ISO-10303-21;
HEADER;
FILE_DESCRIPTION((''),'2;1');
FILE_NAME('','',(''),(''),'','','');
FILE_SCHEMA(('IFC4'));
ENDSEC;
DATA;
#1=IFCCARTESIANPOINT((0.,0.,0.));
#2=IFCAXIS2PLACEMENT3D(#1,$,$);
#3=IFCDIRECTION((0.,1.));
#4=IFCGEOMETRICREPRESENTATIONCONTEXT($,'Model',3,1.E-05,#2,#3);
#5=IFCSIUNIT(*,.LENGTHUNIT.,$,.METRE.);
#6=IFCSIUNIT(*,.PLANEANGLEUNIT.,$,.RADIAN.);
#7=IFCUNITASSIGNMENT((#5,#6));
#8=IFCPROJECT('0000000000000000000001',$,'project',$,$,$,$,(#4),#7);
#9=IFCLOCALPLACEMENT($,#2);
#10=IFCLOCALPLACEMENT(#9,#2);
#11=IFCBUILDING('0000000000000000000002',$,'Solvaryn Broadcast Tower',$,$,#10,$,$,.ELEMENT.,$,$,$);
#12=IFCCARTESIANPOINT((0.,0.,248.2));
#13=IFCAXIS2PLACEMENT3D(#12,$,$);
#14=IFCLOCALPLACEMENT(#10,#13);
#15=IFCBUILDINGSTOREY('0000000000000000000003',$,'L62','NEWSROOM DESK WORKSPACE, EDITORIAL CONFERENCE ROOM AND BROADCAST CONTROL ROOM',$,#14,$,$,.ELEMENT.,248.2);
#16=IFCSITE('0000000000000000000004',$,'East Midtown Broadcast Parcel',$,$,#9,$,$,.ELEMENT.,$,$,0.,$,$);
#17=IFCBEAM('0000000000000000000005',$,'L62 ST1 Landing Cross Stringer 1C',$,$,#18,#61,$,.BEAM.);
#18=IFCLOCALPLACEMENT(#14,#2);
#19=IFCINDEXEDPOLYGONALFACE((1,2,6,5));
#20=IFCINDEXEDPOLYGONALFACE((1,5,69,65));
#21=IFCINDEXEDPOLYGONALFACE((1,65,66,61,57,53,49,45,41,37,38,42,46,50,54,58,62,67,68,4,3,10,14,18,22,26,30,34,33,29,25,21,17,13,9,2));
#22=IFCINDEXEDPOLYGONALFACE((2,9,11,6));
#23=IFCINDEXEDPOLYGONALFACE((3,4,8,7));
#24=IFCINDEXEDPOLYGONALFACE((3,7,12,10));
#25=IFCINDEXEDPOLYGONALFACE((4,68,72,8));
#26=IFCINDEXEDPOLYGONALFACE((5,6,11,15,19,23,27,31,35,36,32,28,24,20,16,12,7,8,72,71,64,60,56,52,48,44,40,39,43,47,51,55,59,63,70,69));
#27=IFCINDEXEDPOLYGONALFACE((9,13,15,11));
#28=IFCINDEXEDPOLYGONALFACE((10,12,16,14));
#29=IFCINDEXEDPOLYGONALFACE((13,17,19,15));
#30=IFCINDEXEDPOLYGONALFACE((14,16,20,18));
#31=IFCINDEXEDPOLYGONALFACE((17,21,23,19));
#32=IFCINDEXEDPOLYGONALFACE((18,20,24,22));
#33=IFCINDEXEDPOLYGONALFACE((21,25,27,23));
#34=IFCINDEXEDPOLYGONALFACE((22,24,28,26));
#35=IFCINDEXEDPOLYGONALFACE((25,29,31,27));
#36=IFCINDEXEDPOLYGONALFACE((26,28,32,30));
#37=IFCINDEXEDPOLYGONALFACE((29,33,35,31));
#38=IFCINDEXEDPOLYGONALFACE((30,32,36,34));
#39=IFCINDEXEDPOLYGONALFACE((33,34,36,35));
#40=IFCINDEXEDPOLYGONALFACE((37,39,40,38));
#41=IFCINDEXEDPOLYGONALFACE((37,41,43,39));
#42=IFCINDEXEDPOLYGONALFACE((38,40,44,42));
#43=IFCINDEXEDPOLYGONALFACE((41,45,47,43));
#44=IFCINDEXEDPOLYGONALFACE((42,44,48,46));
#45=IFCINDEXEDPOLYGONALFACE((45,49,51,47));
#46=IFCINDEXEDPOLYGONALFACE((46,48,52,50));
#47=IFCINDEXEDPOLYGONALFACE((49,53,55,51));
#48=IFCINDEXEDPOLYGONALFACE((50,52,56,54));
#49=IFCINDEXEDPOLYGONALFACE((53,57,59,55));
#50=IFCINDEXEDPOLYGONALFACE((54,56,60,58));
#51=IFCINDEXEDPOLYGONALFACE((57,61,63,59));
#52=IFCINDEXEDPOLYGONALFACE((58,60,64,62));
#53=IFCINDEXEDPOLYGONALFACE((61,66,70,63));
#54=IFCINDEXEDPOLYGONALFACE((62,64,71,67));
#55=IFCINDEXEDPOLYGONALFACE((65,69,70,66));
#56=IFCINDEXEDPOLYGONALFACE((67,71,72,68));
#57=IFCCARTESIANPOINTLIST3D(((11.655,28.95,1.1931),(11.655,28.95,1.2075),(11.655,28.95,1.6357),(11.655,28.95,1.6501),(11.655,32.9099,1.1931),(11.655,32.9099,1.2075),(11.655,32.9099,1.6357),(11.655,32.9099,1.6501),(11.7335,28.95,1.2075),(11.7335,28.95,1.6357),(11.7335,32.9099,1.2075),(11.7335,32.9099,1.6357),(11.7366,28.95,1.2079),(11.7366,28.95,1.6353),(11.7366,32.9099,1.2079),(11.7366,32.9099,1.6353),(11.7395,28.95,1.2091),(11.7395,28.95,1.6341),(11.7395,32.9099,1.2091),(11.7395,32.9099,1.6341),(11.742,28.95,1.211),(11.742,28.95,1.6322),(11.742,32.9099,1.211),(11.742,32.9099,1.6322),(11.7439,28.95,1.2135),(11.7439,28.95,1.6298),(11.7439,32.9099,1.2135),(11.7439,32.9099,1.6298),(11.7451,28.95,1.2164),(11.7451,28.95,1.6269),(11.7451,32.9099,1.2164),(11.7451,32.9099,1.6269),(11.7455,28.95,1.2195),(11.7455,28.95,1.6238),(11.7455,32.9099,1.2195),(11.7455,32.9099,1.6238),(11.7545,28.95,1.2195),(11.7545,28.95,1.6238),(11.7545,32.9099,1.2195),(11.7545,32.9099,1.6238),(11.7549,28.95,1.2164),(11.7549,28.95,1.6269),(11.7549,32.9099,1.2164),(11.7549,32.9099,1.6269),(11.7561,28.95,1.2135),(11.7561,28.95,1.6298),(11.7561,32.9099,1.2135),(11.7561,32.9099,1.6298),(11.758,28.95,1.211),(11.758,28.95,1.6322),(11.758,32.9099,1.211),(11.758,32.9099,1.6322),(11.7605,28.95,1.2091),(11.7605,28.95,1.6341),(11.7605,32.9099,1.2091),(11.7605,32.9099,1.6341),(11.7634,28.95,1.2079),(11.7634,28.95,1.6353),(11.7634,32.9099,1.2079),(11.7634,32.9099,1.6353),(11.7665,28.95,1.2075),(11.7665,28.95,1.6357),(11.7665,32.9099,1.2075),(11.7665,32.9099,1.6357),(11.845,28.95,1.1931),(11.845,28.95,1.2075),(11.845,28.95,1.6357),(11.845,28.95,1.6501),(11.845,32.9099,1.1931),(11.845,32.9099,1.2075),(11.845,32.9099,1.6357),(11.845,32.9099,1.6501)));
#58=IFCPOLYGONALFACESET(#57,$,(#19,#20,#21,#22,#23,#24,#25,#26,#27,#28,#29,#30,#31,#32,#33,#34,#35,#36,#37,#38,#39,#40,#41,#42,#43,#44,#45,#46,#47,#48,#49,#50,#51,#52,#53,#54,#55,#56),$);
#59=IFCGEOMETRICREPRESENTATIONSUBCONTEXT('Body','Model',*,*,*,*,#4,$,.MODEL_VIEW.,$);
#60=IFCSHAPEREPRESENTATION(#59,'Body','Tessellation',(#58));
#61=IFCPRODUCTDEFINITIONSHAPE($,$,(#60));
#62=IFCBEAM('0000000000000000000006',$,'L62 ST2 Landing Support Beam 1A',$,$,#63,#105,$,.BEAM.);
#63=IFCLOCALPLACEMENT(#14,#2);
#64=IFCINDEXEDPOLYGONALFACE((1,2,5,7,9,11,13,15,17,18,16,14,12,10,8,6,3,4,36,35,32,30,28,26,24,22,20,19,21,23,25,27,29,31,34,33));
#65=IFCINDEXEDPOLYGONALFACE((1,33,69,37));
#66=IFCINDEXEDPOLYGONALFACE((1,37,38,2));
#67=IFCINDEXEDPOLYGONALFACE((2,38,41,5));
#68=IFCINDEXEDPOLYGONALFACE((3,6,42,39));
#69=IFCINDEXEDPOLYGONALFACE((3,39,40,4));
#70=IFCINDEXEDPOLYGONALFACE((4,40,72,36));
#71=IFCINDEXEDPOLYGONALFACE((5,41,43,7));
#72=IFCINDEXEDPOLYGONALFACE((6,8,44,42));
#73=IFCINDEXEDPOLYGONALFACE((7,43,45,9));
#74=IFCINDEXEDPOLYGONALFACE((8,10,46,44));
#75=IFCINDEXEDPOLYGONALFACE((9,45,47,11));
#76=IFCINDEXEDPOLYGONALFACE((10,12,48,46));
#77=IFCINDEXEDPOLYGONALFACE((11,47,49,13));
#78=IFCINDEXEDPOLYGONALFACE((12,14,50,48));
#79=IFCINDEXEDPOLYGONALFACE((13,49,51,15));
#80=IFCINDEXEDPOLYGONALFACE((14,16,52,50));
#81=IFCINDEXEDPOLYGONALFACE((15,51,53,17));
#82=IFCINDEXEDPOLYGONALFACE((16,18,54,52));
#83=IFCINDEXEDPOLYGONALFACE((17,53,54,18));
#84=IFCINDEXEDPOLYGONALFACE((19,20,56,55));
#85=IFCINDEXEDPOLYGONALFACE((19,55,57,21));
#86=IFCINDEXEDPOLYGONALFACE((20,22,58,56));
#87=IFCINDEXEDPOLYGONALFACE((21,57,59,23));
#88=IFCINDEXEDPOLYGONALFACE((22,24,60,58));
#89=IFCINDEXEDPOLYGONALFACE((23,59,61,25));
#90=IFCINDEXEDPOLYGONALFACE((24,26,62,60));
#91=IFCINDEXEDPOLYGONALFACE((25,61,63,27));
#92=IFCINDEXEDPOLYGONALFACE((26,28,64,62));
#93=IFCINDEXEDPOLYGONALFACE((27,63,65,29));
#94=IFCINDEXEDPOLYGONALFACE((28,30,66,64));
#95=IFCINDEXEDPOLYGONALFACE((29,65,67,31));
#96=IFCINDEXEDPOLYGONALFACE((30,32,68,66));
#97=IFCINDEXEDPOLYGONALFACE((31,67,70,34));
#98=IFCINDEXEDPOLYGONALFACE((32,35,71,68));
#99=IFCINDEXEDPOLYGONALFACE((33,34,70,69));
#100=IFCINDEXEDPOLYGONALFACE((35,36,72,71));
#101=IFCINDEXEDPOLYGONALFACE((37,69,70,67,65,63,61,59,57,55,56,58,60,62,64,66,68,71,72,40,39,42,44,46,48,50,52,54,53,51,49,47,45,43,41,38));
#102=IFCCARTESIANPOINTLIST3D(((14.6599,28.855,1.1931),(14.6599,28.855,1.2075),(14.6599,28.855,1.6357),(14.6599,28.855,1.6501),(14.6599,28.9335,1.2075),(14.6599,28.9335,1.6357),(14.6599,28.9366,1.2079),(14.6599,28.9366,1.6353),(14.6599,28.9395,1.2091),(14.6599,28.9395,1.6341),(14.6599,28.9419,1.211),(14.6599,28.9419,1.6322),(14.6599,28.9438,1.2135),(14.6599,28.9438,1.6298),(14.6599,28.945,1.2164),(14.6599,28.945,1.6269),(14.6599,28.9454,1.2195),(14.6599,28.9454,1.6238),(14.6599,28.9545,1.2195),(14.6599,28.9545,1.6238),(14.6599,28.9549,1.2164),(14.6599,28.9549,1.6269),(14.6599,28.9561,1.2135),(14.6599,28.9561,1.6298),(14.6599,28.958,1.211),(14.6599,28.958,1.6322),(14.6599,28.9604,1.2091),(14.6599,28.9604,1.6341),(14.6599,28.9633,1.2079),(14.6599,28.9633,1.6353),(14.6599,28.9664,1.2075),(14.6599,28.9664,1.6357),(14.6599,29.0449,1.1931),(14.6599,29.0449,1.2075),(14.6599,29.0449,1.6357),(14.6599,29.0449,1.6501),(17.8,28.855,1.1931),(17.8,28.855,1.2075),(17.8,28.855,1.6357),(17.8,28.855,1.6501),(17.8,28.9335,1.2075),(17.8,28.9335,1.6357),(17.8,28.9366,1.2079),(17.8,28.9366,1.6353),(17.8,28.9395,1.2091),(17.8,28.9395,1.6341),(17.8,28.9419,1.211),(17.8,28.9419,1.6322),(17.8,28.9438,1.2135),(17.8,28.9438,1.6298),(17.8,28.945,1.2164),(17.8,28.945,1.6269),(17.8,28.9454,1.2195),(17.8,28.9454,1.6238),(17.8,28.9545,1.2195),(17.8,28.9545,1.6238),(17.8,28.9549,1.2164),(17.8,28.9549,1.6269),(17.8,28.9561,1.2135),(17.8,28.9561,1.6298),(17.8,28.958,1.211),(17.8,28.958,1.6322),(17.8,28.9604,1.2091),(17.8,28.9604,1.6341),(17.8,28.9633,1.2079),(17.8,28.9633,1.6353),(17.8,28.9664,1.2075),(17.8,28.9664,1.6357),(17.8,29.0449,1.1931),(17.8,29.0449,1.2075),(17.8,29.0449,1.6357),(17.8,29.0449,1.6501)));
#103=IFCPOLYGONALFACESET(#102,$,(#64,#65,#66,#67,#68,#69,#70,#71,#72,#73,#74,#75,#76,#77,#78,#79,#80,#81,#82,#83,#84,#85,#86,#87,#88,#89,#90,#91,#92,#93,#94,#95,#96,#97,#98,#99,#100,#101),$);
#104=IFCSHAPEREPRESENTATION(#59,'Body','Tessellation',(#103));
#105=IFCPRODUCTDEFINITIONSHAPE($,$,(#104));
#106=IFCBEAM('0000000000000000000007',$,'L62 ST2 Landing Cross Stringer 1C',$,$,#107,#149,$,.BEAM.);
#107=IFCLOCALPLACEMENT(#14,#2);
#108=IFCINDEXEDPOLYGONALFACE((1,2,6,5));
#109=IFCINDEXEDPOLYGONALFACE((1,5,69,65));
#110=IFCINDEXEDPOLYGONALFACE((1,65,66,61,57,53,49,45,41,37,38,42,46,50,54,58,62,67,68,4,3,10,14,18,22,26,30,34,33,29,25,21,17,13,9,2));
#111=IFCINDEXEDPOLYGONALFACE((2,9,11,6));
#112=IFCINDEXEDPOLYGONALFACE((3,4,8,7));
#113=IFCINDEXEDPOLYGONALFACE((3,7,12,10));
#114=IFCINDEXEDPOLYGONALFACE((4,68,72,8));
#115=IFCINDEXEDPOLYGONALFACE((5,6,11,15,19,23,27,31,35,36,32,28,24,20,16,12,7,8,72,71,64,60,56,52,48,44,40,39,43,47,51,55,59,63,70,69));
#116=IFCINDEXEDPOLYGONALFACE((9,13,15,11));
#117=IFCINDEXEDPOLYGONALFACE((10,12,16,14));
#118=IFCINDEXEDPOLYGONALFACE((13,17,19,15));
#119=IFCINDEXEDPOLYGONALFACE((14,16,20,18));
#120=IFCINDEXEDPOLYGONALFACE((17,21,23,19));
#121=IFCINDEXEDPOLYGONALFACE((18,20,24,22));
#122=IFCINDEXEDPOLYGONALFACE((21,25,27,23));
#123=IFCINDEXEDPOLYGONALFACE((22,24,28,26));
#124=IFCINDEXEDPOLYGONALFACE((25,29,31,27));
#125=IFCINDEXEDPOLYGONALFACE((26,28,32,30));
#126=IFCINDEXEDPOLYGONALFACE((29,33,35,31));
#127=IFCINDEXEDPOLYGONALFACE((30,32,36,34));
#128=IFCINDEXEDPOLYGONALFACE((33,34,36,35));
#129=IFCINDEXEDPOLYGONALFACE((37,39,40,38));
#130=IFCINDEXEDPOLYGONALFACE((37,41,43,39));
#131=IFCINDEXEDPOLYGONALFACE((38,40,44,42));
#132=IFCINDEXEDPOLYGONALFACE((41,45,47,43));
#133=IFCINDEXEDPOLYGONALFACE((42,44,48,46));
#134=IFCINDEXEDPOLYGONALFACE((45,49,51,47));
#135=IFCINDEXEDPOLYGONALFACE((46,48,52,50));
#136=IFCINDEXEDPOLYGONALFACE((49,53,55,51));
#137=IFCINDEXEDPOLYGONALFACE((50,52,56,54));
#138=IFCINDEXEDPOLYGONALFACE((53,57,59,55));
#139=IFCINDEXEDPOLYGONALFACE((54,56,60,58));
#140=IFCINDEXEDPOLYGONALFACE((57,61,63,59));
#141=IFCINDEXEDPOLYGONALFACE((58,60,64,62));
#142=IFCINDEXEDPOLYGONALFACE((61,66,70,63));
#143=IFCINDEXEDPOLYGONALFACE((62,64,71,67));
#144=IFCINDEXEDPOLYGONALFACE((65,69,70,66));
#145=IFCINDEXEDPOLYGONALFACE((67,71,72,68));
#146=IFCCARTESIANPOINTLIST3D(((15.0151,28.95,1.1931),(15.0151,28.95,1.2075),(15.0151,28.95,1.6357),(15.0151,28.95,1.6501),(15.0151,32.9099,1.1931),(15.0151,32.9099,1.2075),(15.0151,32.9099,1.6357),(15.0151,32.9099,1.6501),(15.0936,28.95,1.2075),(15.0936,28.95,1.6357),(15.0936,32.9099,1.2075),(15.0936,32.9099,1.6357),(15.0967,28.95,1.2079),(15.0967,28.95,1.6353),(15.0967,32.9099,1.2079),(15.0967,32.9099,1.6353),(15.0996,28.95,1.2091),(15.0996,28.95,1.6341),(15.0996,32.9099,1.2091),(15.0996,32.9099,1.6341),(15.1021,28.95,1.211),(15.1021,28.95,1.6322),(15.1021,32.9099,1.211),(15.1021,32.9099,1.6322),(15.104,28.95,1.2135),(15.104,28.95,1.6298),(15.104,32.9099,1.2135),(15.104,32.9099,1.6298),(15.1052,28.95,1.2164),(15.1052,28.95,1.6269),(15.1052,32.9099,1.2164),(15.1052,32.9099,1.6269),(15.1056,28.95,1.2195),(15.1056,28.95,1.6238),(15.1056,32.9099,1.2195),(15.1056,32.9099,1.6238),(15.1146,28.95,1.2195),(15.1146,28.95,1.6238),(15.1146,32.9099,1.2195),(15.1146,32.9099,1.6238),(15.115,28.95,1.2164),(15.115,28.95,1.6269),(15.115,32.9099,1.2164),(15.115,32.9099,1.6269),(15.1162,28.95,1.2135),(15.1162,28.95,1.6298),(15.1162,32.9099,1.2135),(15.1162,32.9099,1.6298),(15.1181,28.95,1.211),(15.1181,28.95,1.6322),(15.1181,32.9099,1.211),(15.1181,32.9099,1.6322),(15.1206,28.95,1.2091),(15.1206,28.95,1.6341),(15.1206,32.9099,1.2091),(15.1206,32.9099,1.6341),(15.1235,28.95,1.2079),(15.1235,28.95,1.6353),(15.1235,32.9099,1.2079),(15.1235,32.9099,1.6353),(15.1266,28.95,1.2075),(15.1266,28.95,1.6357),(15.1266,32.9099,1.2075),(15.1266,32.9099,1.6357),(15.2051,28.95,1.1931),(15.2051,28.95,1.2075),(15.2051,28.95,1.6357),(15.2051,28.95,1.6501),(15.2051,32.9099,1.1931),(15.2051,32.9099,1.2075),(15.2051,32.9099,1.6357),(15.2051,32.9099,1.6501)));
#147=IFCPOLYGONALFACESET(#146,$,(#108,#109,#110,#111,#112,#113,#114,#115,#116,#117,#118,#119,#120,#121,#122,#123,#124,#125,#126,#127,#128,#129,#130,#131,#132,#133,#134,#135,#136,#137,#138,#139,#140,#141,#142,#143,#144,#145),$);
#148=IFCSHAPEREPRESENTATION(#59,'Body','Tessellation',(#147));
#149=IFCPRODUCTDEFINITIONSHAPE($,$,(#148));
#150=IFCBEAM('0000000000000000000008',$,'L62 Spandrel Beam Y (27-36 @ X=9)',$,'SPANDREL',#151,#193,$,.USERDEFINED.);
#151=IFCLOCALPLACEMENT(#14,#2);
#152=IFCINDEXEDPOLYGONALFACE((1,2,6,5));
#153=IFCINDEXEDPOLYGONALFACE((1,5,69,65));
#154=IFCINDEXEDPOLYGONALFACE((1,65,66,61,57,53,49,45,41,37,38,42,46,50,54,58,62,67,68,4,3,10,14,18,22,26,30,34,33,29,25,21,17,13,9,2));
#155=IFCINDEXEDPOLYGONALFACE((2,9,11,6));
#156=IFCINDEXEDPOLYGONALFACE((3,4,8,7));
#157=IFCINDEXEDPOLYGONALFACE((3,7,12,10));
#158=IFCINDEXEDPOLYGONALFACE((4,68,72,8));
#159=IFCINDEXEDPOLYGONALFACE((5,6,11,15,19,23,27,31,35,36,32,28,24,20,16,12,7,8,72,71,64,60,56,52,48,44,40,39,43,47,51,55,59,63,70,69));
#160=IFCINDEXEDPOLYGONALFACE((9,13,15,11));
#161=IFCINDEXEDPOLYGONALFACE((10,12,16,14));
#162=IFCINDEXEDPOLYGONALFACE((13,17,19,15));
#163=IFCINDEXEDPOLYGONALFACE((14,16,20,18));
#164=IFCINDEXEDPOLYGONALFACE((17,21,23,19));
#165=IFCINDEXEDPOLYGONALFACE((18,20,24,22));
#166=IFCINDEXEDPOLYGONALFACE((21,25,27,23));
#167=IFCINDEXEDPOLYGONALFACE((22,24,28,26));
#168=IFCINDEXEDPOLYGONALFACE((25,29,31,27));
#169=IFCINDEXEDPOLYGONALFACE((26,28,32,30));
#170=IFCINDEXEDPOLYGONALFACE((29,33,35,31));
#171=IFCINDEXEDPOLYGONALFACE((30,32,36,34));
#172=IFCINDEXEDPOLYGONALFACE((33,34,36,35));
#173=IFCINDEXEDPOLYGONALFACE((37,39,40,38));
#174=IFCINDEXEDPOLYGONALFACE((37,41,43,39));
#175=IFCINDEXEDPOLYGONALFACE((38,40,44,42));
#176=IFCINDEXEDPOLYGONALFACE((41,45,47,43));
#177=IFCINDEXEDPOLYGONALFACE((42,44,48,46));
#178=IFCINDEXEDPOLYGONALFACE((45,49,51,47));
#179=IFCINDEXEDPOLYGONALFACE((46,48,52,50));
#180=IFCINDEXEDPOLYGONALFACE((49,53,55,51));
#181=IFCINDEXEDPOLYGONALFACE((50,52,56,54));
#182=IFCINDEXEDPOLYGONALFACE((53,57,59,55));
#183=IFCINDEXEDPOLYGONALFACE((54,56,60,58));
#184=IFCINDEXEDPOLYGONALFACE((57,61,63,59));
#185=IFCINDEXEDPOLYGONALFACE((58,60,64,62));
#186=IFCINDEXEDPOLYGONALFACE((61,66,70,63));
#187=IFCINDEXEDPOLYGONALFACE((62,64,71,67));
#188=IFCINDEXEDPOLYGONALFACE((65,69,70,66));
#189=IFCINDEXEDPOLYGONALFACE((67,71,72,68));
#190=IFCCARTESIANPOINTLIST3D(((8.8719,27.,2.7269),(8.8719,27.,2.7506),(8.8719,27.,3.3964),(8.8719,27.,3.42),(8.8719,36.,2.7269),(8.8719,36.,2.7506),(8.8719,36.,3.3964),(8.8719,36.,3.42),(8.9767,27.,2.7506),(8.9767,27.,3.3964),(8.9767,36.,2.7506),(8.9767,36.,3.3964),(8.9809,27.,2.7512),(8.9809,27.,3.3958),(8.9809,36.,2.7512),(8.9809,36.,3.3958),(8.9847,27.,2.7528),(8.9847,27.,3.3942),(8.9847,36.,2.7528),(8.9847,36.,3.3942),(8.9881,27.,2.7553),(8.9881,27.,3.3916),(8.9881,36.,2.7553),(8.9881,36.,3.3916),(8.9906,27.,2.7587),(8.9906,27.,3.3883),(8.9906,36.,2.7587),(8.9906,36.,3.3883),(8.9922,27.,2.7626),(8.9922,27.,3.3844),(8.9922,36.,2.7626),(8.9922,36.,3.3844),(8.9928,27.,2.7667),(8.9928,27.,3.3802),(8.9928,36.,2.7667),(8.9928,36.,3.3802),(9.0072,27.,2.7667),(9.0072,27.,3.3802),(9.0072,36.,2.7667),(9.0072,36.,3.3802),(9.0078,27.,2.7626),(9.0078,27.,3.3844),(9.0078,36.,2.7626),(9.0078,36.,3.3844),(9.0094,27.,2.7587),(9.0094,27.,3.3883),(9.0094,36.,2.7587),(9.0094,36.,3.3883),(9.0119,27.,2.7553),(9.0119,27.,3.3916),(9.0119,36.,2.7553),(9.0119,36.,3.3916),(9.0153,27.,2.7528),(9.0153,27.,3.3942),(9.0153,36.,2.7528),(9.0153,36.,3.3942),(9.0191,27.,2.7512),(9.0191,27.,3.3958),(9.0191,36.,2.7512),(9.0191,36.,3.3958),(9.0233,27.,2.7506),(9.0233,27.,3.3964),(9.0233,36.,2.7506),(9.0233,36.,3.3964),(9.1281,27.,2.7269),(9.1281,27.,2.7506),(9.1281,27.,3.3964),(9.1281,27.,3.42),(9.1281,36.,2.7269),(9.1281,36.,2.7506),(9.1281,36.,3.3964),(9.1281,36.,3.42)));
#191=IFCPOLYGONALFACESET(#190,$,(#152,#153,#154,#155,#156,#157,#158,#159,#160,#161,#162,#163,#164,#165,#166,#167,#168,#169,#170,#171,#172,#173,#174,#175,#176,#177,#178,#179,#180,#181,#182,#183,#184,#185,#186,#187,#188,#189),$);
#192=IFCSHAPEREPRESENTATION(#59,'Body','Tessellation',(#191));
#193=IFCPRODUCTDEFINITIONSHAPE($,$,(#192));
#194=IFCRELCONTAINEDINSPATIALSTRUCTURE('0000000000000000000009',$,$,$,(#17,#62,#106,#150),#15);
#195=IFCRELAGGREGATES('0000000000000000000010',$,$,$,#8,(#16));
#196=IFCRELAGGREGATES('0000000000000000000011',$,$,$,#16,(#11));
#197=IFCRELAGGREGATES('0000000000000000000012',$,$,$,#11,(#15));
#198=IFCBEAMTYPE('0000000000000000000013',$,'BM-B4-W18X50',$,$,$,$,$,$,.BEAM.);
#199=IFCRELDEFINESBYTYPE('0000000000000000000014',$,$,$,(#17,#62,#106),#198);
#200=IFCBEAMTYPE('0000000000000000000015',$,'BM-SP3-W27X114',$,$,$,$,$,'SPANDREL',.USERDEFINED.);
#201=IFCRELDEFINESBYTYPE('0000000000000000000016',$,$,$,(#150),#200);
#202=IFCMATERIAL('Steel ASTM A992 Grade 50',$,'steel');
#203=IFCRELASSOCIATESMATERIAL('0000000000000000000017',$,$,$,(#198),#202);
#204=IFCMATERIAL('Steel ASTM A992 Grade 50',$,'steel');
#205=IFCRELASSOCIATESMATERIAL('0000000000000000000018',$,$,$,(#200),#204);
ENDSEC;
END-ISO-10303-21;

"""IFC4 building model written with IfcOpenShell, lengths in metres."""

from ifc_helpers import new_model, si_unit, direction, frame, origin, origin_2d, place, context, subcontext, project, spatial, i_section, extrude, material, material_profile, profile_set, type_object, element, save


model = new_model("IFC4")

# Units and contexts
model_context = context("Model", 3, precision=1e-05, world=origin(), true_north=direction((0.0, 1.0)))
body_context = subcontext(model_context, "Body", "Model", "MODEL_VIEW")
ifc_project = project(units=[si_unit("LENGTHUNIT", "METRE"), si_unit("PLANEANGLEUNIT", "RADIAN")], contexts=[model_context])

# Site, building, storey
site_placement = place(None, origin())
site = spatial("IfcSite", under=ifc_project, at=site_placement, Name="East Midtown Broadcast Parcel", CompositionType="ELEMENT", RefElevation=0.0)
building_placement = place(site_placement, origin())
building = spatial("IfcBuilding", under=site, at=building_placement, Name="Solvaryn Broadcast Tower", CompositionType="ELEMENT")
storey_placement = place(building_placement, frame((0.0, 0.0, 248.2)))
storey = spatial("IfcBuildingStorey", under=building, at=storey_placement, Name="L62", Description="NEWSROOM DESK WORKSPACE, EDITORIAL CONFERENCE ROOM AND BROADCAST CONTROL ROOM", CompositionType="ELEMENT", Elevation=248.2)

# Beams
ifc_material_1 = material(Name="Steel ASTM A992 Grade 50", Category="steel")
ifc_material_profile_1 = material_profile(ifc_material_1, i_section(OverallWidth=0.1899, OverallDepth=0.457, WebThickness=0.009, FlangeThickness=0.0144, FilletRadius=0.012, at=origin_2d()))
ifc_profile_set_1 = profile_set([ifc_material_profile_1], Name="Steel ASTM A992 Grade 50")
beam_type_1 = type_object("IfcBeamType", Name="BM-B4-W18X50", PredefinedType="BEAM", material=ifc_profile_set_1)
beam_1_placement = place(storey_placement, frame((11.75, 28.95, 1.4216), z_axis=(0.0, 1.0, 0.0), x_axis=(-1.0, 0.0, 0.0)))
element("IfcBeam", 1, at=beam_1_placement, inside=storey, type_object=beam_type_1, Name="L62 ST1 Landing Cross Stringer 1C", PredefinedType="BEAM", context=body_context, shape_type="SweptSolid", body=[
    extrude(i_section(OverallWidth=0.1899, OverallDepth=0.457, WebThickness=0.009, FlangeThickness=0.0144, FilletRadius=0.012, at=origin_2d()), origin(), (0.0, 0.0, 1.0), 3.96),
])
beam_2_placement = place(storey_placement, frame((14.6599, 28.95, 1.4216), z_axis=(1.0, 0.0, 0.0), x_axis=(0.0, 1.0, 0.0)))
element("IfcBeam", 2, at=beam_2_placement, inside=storey, type_object=beam_type_1, Name="L62 ST2 Landing Support Beam 1A", PredefinedType="BEAM", context=body_context, shape_type="SweptSolid", body=[
    extrude(i_section(OverallWidth=0.1899, OverallDepth=0.457, WebThickness=0.009, FlangeThickness=0.0144, FilletRadius=0.012, at=origin_2d()), origin(), (0.0, 0.0, 1.0), 3.1401),
])
beam_3_placement = place(storey_placement, frame((15.1101, 28.95, 1.4216), z_axis=(0.0, 1.0, 0.0), x_axis=(-1.0, 0.0, 0.0)))
element("IfcBeam", 3, at=beam_3_placement, inside=storey, type_object=beam_type_1, Name="L62 ST2 Landing Cross Stringer 1C", PredefinedType="BEAM", context=body_context, shape_type="SweptSolid", body=[
    extrude(i_section(OverallWidth=0.1899, OverallDepth=0.457, WebThickness=0.009, FlangeThickness=0.0144, FilletRadius=0.012, at=origin_2d()), origin(), (0.0, 0.0, 1.0), 3.96),
])
ifc_material_2 = material(Name="Steel ASTM A992 Grade 50", Category="steel")
ifc_material_profile_2 = material_profile(ifc_material_2, i_section(OverallWidth=0.2561, OverallDepth=0.6931, WebThickness=0.0144, FlangeThickness=0.0237, FilletRadius=0.0161, at=origin_2d()))
ifc_profile_set_2 = profile_set([ifc_material_profile_2], Name="Steel ASTM A992 Grade 50")
beam_type_2 = type_object("IfcBeamType", Name="BM-SP3-W27X114", ElementType="SPANDREL", PredefinedType="USERDEFINED", material=ifc_profile_set_2)
beam_4_placement = place(storey_placement, frame((9.0, 27.0, 3.0735), z_axis=(0.0, 1.0, 0.0), x_axis=(-1.0, 0.0, 0.0)))
element("IfcBeam", 4, at=beam_4_placement, inside=storey, type_object=beam_type_2, Name="L62 Spandrel Beam Y (27-36 @ X=9)", ObjectType="SPANDREL", PredefinedType="USERDEFINED", context=body_context, shape_type="SweptSolid", body=[
    extrude(i_section(OverallWidth=0.2561, OverallDepth=0.6931, WebThickness=0.0144, FlangeThickness=0.0237, FilletRadius=0.0161, at=origin_2d()), origin(), (0.0, 0.0, 1.0), 9.0),
])

save(model, "model.ifc")
